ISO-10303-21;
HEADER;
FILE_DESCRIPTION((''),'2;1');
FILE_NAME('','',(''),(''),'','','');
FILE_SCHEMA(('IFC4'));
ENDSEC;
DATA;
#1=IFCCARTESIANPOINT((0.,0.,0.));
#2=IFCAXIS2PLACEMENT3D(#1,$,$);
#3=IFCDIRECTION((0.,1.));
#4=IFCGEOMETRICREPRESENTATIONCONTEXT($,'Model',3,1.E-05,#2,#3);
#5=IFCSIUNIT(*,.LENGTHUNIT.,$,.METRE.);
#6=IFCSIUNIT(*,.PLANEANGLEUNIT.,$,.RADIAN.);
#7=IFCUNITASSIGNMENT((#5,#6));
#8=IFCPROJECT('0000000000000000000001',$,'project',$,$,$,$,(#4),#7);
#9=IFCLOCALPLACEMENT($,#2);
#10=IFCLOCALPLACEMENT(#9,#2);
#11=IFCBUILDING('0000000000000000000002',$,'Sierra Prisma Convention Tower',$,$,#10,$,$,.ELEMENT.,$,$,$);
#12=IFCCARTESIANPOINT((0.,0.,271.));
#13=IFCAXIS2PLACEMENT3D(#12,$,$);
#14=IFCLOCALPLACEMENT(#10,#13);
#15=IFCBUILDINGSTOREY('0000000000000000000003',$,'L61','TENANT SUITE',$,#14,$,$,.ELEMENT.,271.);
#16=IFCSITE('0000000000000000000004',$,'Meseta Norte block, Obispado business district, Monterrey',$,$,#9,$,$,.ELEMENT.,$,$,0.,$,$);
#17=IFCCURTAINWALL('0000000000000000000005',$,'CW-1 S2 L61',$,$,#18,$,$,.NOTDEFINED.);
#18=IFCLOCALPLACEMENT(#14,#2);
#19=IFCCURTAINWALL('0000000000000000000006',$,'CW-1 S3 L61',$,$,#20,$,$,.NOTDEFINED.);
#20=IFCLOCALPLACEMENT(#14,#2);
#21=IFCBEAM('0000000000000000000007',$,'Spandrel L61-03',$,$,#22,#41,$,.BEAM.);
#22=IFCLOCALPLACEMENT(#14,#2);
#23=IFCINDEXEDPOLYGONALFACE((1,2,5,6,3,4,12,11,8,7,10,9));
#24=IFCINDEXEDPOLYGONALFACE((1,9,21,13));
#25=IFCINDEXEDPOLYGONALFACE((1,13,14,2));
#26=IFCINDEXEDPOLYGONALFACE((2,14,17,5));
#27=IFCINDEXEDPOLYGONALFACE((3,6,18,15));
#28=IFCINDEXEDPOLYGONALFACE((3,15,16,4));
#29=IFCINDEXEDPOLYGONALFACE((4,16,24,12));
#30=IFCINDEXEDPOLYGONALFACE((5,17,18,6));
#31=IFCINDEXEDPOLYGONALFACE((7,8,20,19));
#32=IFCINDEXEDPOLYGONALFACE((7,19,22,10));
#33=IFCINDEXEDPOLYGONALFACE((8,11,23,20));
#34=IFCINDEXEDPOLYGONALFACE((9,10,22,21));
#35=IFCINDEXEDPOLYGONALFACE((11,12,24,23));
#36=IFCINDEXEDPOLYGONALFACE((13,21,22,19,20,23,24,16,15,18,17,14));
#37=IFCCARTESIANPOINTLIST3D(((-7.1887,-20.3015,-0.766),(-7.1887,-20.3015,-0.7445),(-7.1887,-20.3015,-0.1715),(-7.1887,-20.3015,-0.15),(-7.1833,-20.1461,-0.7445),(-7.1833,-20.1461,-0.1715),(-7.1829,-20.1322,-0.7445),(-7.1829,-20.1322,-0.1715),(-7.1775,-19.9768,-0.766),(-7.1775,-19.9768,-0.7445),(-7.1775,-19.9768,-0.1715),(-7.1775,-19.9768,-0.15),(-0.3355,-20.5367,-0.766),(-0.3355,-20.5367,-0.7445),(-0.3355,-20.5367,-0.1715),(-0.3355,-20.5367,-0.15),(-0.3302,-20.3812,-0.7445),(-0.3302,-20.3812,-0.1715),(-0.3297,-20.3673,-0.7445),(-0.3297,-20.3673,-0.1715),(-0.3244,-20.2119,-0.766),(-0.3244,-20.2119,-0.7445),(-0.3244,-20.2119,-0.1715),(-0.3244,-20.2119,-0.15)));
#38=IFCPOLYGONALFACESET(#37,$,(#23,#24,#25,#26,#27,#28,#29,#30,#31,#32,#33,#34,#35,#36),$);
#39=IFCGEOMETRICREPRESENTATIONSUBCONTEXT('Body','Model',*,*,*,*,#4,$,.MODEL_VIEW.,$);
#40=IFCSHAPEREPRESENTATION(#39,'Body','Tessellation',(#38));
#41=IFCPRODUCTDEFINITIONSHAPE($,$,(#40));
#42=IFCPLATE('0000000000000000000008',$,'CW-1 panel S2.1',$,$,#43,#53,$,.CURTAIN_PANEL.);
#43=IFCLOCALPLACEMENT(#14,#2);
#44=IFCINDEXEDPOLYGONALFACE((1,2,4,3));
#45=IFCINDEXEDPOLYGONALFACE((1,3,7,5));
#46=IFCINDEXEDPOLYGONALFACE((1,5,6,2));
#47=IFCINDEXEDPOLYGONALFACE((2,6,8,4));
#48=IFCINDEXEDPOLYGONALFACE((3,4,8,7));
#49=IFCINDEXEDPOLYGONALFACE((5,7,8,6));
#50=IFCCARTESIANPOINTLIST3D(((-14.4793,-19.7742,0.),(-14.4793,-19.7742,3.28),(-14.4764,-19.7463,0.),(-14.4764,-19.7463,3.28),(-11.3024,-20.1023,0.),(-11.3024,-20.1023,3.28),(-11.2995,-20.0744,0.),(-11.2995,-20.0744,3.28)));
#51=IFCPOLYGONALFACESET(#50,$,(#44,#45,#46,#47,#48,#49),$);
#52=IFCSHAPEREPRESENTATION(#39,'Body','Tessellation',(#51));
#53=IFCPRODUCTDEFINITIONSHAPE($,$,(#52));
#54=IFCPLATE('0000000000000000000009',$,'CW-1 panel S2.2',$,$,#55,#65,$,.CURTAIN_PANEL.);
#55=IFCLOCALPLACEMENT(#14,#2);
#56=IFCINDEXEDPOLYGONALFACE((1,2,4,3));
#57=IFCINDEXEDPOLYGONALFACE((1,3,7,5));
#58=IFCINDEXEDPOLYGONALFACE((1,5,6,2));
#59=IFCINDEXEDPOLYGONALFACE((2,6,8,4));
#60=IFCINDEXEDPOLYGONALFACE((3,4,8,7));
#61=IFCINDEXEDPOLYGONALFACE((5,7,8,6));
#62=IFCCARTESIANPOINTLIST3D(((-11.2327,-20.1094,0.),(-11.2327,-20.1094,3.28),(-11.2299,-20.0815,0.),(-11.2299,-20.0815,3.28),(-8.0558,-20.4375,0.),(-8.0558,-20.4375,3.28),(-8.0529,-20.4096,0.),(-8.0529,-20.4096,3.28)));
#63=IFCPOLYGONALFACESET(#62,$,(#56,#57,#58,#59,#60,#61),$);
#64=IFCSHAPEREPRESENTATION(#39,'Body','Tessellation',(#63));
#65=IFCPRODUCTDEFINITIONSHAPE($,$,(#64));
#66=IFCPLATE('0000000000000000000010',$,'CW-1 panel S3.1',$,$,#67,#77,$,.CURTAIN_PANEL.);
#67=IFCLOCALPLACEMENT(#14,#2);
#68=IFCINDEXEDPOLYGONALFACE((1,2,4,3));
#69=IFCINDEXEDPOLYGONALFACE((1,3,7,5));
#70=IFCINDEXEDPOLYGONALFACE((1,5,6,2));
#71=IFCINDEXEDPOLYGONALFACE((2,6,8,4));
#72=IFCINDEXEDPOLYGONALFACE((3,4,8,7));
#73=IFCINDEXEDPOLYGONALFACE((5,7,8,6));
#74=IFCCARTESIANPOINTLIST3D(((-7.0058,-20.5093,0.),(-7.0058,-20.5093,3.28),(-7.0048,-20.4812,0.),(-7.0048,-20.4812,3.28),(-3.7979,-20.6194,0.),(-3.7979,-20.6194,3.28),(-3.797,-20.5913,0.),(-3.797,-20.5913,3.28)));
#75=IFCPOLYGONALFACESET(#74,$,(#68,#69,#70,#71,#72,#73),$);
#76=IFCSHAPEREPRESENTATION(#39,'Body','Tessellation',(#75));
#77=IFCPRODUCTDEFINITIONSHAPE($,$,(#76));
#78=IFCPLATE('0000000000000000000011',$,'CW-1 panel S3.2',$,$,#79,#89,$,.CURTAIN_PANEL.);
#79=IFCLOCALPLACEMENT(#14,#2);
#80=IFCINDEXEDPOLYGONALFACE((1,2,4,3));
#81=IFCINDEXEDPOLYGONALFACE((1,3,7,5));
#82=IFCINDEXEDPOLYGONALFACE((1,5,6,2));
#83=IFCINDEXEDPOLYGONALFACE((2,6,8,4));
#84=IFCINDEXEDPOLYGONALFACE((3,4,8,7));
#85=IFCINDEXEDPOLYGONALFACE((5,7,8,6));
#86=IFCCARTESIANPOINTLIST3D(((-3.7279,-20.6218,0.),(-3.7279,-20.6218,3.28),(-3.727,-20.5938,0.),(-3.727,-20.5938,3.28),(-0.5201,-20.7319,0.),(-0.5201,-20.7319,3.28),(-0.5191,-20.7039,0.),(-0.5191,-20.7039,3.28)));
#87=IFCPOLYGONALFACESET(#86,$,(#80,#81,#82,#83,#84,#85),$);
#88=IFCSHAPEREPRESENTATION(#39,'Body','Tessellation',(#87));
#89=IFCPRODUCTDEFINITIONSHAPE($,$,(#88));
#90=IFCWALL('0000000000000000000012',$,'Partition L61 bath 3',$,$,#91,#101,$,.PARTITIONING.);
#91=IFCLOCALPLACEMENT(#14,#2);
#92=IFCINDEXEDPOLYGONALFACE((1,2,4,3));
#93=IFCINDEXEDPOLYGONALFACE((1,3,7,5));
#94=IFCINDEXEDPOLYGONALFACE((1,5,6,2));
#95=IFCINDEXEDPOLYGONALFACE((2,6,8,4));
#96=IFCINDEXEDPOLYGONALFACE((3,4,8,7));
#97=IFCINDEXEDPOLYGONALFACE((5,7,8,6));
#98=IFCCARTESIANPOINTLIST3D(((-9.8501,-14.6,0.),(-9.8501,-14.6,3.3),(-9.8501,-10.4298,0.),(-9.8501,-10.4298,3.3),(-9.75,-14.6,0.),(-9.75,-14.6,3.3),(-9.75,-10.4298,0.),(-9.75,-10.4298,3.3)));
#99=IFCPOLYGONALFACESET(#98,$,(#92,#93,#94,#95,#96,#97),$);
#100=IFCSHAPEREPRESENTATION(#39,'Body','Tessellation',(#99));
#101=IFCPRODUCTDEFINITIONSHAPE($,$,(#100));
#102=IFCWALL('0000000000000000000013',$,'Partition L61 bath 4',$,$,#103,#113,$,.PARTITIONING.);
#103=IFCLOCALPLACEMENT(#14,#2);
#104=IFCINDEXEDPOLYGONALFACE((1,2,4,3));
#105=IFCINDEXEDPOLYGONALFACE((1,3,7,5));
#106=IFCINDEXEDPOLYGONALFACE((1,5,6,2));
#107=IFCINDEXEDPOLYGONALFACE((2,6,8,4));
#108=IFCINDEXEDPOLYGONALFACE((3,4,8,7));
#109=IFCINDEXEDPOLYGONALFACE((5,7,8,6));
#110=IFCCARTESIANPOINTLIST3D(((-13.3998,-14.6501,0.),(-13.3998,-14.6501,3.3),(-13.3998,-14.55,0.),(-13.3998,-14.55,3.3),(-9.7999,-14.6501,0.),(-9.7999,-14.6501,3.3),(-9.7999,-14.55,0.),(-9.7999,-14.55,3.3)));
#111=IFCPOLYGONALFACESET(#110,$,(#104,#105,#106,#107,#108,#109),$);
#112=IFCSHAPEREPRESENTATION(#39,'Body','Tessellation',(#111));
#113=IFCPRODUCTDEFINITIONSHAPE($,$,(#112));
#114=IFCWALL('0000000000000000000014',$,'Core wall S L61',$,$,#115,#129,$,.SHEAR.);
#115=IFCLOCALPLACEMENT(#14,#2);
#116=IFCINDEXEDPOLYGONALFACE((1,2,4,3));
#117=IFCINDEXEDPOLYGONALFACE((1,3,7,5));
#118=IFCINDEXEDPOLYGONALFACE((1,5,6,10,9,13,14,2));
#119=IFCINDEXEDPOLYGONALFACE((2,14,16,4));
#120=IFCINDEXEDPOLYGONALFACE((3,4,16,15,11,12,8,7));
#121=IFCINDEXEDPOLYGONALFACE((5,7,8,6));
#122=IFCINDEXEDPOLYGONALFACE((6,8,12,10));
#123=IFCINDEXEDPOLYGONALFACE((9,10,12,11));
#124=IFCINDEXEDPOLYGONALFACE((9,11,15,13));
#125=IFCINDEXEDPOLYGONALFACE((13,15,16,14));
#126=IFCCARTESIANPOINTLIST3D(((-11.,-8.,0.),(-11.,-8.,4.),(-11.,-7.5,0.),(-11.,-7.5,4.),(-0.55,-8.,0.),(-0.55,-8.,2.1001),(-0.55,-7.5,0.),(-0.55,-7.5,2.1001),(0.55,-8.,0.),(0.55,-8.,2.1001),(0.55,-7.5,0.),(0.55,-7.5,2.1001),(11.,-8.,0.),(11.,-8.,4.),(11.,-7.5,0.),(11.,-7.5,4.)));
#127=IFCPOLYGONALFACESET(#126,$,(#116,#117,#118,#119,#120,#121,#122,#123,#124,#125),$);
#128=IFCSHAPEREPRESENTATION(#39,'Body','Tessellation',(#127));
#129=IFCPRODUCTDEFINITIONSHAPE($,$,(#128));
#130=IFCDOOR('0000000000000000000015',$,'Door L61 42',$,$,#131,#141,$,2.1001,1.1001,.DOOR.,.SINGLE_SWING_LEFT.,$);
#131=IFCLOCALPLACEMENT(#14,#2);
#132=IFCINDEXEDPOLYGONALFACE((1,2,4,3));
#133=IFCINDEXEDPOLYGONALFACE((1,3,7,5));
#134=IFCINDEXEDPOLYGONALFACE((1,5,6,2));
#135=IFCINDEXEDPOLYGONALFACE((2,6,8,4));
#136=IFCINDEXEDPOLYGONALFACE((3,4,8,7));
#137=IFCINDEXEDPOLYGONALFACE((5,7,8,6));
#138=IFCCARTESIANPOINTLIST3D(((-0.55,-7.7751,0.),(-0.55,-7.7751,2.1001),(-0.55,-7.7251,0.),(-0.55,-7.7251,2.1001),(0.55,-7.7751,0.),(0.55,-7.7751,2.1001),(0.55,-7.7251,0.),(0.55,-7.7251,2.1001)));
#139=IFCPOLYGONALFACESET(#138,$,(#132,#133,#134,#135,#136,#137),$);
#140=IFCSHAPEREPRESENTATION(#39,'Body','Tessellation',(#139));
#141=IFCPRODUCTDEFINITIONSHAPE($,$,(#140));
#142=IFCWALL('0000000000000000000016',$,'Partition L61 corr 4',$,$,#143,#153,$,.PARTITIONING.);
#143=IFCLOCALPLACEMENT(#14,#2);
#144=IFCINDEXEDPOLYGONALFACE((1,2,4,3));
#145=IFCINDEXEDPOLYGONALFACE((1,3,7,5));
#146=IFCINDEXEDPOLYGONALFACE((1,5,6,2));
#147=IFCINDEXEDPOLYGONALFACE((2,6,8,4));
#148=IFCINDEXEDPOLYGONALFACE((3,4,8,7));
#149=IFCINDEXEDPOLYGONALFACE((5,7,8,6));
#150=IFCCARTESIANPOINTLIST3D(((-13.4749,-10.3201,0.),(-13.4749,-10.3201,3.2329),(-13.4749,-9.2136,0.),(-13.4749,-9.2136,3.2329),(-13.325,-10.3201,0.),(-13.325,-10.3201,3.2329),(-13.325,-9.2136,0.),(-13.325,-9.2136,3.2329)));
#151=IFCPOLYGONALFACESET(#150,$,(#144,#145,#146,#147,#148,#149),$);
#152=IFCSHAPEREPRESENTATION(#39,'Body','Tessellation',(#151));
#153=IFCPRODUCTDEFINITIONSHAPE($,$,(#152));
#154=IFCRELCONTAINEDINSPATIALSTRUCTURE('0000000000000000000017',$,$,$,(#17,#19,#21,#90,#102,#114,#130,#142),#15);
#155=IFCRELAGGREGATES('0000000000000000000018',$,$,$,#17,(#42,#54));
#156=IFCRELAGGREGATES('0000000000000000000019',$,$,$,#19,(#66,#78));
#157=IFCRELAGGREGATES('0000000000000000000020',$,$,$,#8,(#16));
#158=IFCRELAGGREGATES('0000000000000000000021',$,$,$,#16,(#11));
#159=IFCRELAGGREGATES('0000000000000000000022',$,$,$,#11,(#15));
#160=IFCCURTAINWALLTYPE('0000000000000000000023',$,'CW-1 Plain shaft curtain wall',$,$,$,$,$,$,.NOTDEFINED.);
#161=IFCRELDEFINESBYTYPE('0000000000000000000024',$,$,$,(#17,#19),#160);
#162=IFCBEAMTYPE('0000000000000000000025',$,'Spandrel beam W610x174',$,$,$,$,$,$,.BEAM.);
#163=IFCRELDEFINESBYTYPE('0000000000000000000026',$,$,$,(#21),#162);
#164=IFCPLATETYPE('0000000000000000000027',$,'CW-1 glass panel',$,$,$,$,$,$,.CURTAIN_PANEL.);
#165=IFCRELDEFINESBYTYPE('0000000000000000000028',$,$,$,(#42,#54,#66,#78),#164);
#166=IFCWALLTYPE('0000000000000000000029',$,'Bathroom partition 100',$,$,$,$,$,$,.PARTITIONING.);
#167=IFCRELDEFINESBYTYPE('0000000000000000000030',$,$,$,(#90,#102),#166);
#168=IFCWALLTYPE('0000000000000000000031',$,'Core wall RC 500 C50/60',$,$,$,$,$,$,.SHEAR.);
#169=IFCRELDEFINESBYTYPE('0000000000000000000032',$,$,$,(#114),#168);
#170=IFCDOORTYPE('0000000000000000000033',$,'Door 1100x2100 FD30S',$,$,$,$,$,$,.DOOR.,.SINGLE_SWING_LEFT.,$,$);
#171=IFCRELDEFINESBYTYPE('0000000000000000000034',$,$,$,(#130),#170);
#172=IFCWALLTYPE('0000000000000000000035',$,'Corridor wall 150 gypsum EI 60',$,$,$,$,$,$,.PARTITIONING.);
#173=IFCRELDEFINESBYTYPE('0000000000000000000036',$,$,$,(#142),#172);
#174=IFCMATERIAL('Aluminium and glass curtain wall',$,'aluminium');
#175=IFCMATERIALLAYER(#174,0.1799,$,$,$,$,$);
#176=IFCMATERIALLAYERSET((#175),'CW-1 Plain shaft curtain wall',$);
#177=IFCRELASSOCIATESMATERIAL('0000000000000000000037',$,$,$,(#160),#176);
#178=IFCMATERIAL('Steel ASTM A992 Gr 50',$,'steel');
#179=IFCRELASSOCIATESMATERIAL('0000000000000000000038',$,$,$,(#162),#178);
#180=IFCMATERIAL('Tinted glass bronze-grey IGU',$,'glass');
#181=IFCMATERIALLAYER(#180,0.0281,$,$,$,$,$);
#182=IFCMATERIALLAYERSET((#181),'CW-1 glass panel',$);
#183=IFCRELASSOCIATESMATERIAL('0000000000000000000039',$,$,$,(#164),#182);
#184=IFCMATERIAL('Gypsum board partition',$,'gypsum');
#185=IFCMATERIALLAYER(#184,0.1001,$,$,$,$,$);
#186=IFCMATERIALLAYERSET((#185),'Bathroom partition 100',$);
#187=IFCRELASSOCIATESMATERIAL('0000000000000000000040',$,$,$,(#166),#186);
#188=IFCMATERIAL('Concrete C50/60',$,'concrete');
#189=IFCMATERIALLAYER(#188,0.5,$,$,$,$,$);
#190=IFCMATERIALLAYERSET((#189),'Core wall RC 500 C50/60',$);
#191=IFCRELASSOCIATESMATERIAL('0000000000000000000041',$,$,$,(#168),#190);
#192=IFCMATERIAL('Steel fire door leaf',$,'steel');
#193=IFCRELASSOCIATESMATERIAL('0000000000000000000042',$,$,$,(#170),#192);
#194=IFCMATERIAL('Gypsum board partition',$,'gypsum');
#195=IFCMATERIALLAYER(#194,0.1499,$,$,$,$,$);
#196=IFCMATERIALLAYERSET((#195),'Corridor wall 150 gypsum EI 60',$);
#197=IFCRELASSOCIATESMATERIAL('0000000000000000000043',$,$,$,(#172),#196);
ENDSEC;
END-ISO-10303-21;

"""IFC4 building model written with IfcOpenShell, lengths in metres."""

from ifc_helpers import new_model, si_unit, direction, frame, frame_2d, origin, origin_2d, place, context, subcontext, project, spatial, rectangle, i_section, extrude, material, layer, layer_set, material_profile, profile_set, type_object, element, fill, aggregate, save


model = new_model("IFC4")

# Units and contexts
model_context = context("Model", 3, precision=1e-05, world=origin(), true_north=direction((0.0, 1.0)))
body_context = subcontext(model_context, "Body", "Model", "MODEL_VIEW")
ifc_project = project(units=[si_unit("LENGTHUNIT", "METRE"), si_unit("PLANEANGLEUNIT", "RADIAN")], contexts=[model_context])

# Site, building, storey
site_placement = place(None, origin())
site = spatial("IfcSite", under=ifc_project, at=site_placement, Name="Meseta Norte block, Obispado business district, Monterrey", CompositionType="ELEMENT", RefElevation=0.0)
building_placement = place(site_placement, origin())
building = spatial("IfcBuilding", under=site, at=building_placement, Name="Sierra Prisma Convention Tower", CompositionType="ELEMENT")
storey_placement = place(building_placement, frame((0.0, 0.0, 271.0)))
storey = spatial("IfcBuildingStorey", under=building, at=storey_placement, Name="L61", Description="TENANT SUITE", CompositionType="ELEMENT", Elevation=271.0)

# Curtain wall
ifc_material_1 = material(Name="Aluminium and glass curtain wall", Category="aluminium")
ifc_layer_1 = layer(ifc_material_1, 0.1799)
ifc_layer_set_1 = layer_set([ifc_layer_1], Name="CW-1 Plain shaft curtain wall")
curtain_wall_type = type_object("IfcCurtainWallType", Name="CW-1 Plain shaft curtain wall", PredefinedType="NOTDEFINED", material=ifc_layer_set_1)
curtain_wall_1_placement = place(storey_placement, origin())
curtain_wall_1 = element("IfcCurtainWall", 1, at=curtain_wall_1_placement, inside=storey, type_object=curtain_wall_type, Name="CW-1 S2 L61", PredefinedType="NOTDEFINED")

# Curtain wall
curtain_wall_2_placement = place(storey_placement, origin())
curtain_wall_2 = element("IfcCurtainWall", 2, at=curtain_wall_2_placement, inside=storey, type_object=curtain_wall_type, Name="CW-1 S3 L61", PredefinedType="NOTDEFINED")

# Beam
ifc_material_2 = material(Name="Steel ASTM A992 Gr 50", Category="steel")
ifc_material_profile_1 = material_profile(ifc_material_2, i_section(OverallWidth=0.325, OverallDepth=0.616, WebThickness=0.0139, FlangeThickness=0.0215, at=origin_2d()), Name="W610x174")
ifc_profile_set_1 = profile_set([ifc_material_profile_1], Name="Steel ASTM A992 Gr 50")
beam_type_1 = type_object("IfcBeamType", Name="Spandrel beam W610x174", PredefinedType="BEAM", material=ifc_profile_set_1)
beam_1_placement = place(storey_placement, frame((-7.1831, -20.1392, -0.458), z_axis=(0.999412, -0.034287, 0.0), x_axis=(0.034287, 0.999412, 0.0)))
element("IfcBeam", 3, at=beam_1_placement, inside=storey, type_object=beam_type_1, Name="Spandrel L61-03", PredefinedType="BEAM", context=body_context, shape_type="SweptSolid", body=[
    extrude(i_section(OverallWidth=0.325, OverallDepth=0.616, WebThickness=0.0139, FlangeThickness=0.0215, at=origin_2d()), origin(), (0.0, 0.0, 1.0), 6.8572),
])

# Plates
ifc_material_3 = material(Name="Tinted glass bronze-grey IGU", Category="glass")
ifc_layer_2 = layer(ifc_material_3, 0.0281)
ifc_layer_set_2 = layer_set([ifc_layer_2], Name="CW-1 glass panel")
plate_type = type_object("IfcPlateType", Name="CW-1 glass panel", PredefinedType="CURTAIN_PANEL", material=ifc_layer_set_2)
plate_1_placement = place(storey_placement, frame((-12.8894, -19.9243, 0.0), z_axis=(0.0, 0.0, 1.0), x_axis=(0.994709, -0.102732, 0.0)))
plate_1 = element("IfcPlate", 4, at=plate_1_placement, type_object=plate_type, Name="CW-1 panel S2.1", PredefinedType="CURTAIN_PANEL", context=body_context, shape_type="SweptSolid", body=[
    extrude(rectangle(XDim=3.1938, YDim=0.0281, at=origin_2d()), origin(), (0.0, 0.0, 1.0), 3.28),
])
plate_2_placement = place(storey_placement, frame((-9.6428, -20.2595, 0.0), z_axis=(0.0, 0.0, 1.0), x_axis=(0.994709, -0.102732, 0.0)))
plate_2 = element("IfcPlate", 5, at=plate_2_placement, type_object=plate_type, Name="CW-1 panel S2.2", PredefinedType="CURTAIN_PANEL", context=body_context, shape_type="SweptSolid", body=[
    extrude(rectangle(XDim=3.1938, YDim=0.0281, at=origin_2d()), origin(), (0.0, 0.0, 1.0), 3.28),
])
aggregate(curtain_wall_1, [plate_1, plate_2])
plate_3_placement = place(storey_placement, frame((-5.4014, -20.5503, 0.0), z_axis=(0.0, 0.0, 1.0), x_axis=(0.999412, -0.034298, 0.0)))
plate_3 = element("IfcPlate", 6, at=plate_3_placement, type_object=plate_type, Name="CW-1 panel S3.1", PredefinedType="CURTAIN_PANEL", context=body_context, shape_type="SweptSolid", body=[
    extrude(rectangle(XDim=3.2097, YDim=0.0281, at=origin_2d()), origin(), (0.0, 0.0, 1.0), 3.28),
])
plate_4_placement = place(storey_placement, frame((-2.1235, -20.6628, 0.0), z_axis=(0.0, 0.0, 1.0), x_axis=(0.999412, -0.034298, 0.0)))
plate_4 = element("IfcPlate", 7, at=plate_4_placement, type_object=plate_type, Name="CW-1 panel S3.2", PredefinedType="CURTAIN_PANEL", context=body_context, shape_type="SweptSolid", body=[
    extrude(rectangle(XDim=3.2097, YDim=0.0281, at=origin_2d()), origin(), (0.0, 0.0, 1.0), 3.28),
])
aggregate(curtain_wall_2, [plate_3, plate_4])

# Walls
ifc_material_4 = material(Name="Gypsum board partition", Category="gypsum")
ifc_layer_3 = layer(ifc_material_4, 0.1001)
ifc_layer_set_3 = layer_set([ifc_layer_3], Name="Bathroom partition 100")
wall_type_1 = type_object("IfcWallType", Name="Bathroom partition 100", PredefinedType="PARTITIONING", material=ifc_layer_set_3)
wall_1_placement = place(storey_placement, frame((-9.8, -10.4299, 0.0), z_axis=(0.0, 0.0, 1.0), x_axis=(0.0, -1.0, 0.0)))
element("IfcWall", 8, at=wall_1_placement, inside=storey, type_object=wall_type_1, Name="Partition L61 bath 3", PredefinedType="PARTITIONING", context=body_context, shape_type="SweptSolid", body=[
    extrude(rectangle(XDim=4.1702, YDim=0.1001, at=frame_2d((2.085, 0.0))), origin(), (0.0, 0.0, 1.0), 3.3),
])
wall_2_placement = place(storey_placement, frame((-9.8, -14.6001, 0.0), z_axis=(0.0, 0.0, 1.0), x_axis=(-1.0, 0.0, 0.0)))
element("IfcWall", 9, at=wall_2_placement, inside=storey, type_object=wall_type_1, Name="Partition L61 bath 4", PredefinedType="PARTITIONING", context=body_context, shape_type="SweptSolid", body=[
    extrude(rectangle(XDim=3.5999, YDim=0.1001, at=frame_2d((1.7998, 0.0))), origin(), (0.0, 0.0, 1.0), 3.3),
])

# Wall, opening, door
ifc_material_5 = material(Name="Concrete C50/60", Category="concrete")
ifc_layer_4 = layer(ifc_material_5, 0.5)
ifc_layer_set_4 = layer_set([ifc_layer_4], Name="Core wall RC 500 C50/60")
wall_type_2 = type_object("IfcWallType", Name="Core wall RC 500 C50/60", PredefinedType="SHEAR", material=ifc_layer_set_4)
wall_3_placement = place(storey_placement, frame((-11.0, -7.75, 0.0), z_axis=(0.0, 0.0, 1.0), x_axis=(1.0, 0.0, 0.0)))
wall_3 = element("IfcWall", 10, at=wall_3_placement, inside=storey, type_object=wall_type_2, Name="Core wall S L61", PredefinedType="SHEAR", context=body_context, shape_type="SweptSolid", body=[
    extrude(rectangle(XDim=22.0, YDim=0.5, at=frame_2d((11.0, 0.0))), origin(), (0.0, 0.0, 1.0), 4.0),
])
opening_1_placement = place(wall_3_placement, frame((10.45, 0.0, 0.0)))
opening_1 = element("IfcOpeningElement", 11, at=opening_1_placement, cuts=wall_3, PredefinedType="OPENING", context=body_context, shape_type="SweptSolid", body=[
    extrude(rectangle(XDim=1.1001, YDim=2.1001, at=frame_2d((0.55, 1.05))), frame((0.0, 0.25, 0.0), z_axis=(0.0, -1.0, 0.0), x_axis=(1.0, 0.0, 0.0)), (0.0, 0.0, 1.0), 0.5),
])
ifc_material_6 = material(Name="Steel fire door leaf", Category="steel")
door_type_1 = type_object("IfcDoorType", Name="Door 1100x2100 FD30S", OperationType="SINGLE_SWING_LEFT", PredefinedType="DOOR", material=ifc_material_6)
door_1_placement = place(opening_1_placement, origin())
door_1 = element("IfcDoor", 12, at=door_1_placement, inside=storey, type_object=door_type_1, Name="Door L61 42", OperationType="SINGLE_SWING_LEFT", OverallHeight=2.1001, OverallWidth=1.1001, PredefinedType="DOOR", context=body_context, shape_type="SweptSolid", body=[
    extrude(rectangle(XDim=1.1001, YDim=2.1001, at=frame_2d((0.55, 1.05))), frame((0.0, 0.0249, 0.0), z_axis=(0.0, -1.0, 0.0), x_axis=(1.0, 0.0, 0.0)), (0.0, 0.0, 1.0), 0.05),
])
fill(opening_1, door_1)

# Wall
ifc_material_7 = material(Name="Gypsum board partition", Category="gypsum")
ifc_layer_5 = layer(ifc_material_7, 0.1499)
ifc_layer_set_5 = layer_set([ifc_layer_5], Name="Corridor wall 150 gypsum EI 60")
wall_type_3 = type_object("IfcWallType", Name="Corridor wall 150 gypsum EI 60", PredefinedType="PARTITIONING", material=ifc_layer_set_5)
wall_4_placement = place(storey_placement, frame((-13.3999, -9.2136, 0.0), z_axis=(0.0, 0.0, 1.0), x_axis=(0.0, -1.0, 0.0)))
element("IfcWall", 13, at=wall_4_placement, inside=storey, type_object=wall_type_3, Name="Partition L61 corr 4", PredefinedType="PARTITIONING", context=body_context, shape_type="SweptSolid", body=[
    extrude(rectangle(XDim=1.1064, YDim=0.1499, at=frame_2d((0.5532, 0.0))), origin(), (0.0, 0.0, 1.0), 3.2329),
])

save(model, "model.ifc")
